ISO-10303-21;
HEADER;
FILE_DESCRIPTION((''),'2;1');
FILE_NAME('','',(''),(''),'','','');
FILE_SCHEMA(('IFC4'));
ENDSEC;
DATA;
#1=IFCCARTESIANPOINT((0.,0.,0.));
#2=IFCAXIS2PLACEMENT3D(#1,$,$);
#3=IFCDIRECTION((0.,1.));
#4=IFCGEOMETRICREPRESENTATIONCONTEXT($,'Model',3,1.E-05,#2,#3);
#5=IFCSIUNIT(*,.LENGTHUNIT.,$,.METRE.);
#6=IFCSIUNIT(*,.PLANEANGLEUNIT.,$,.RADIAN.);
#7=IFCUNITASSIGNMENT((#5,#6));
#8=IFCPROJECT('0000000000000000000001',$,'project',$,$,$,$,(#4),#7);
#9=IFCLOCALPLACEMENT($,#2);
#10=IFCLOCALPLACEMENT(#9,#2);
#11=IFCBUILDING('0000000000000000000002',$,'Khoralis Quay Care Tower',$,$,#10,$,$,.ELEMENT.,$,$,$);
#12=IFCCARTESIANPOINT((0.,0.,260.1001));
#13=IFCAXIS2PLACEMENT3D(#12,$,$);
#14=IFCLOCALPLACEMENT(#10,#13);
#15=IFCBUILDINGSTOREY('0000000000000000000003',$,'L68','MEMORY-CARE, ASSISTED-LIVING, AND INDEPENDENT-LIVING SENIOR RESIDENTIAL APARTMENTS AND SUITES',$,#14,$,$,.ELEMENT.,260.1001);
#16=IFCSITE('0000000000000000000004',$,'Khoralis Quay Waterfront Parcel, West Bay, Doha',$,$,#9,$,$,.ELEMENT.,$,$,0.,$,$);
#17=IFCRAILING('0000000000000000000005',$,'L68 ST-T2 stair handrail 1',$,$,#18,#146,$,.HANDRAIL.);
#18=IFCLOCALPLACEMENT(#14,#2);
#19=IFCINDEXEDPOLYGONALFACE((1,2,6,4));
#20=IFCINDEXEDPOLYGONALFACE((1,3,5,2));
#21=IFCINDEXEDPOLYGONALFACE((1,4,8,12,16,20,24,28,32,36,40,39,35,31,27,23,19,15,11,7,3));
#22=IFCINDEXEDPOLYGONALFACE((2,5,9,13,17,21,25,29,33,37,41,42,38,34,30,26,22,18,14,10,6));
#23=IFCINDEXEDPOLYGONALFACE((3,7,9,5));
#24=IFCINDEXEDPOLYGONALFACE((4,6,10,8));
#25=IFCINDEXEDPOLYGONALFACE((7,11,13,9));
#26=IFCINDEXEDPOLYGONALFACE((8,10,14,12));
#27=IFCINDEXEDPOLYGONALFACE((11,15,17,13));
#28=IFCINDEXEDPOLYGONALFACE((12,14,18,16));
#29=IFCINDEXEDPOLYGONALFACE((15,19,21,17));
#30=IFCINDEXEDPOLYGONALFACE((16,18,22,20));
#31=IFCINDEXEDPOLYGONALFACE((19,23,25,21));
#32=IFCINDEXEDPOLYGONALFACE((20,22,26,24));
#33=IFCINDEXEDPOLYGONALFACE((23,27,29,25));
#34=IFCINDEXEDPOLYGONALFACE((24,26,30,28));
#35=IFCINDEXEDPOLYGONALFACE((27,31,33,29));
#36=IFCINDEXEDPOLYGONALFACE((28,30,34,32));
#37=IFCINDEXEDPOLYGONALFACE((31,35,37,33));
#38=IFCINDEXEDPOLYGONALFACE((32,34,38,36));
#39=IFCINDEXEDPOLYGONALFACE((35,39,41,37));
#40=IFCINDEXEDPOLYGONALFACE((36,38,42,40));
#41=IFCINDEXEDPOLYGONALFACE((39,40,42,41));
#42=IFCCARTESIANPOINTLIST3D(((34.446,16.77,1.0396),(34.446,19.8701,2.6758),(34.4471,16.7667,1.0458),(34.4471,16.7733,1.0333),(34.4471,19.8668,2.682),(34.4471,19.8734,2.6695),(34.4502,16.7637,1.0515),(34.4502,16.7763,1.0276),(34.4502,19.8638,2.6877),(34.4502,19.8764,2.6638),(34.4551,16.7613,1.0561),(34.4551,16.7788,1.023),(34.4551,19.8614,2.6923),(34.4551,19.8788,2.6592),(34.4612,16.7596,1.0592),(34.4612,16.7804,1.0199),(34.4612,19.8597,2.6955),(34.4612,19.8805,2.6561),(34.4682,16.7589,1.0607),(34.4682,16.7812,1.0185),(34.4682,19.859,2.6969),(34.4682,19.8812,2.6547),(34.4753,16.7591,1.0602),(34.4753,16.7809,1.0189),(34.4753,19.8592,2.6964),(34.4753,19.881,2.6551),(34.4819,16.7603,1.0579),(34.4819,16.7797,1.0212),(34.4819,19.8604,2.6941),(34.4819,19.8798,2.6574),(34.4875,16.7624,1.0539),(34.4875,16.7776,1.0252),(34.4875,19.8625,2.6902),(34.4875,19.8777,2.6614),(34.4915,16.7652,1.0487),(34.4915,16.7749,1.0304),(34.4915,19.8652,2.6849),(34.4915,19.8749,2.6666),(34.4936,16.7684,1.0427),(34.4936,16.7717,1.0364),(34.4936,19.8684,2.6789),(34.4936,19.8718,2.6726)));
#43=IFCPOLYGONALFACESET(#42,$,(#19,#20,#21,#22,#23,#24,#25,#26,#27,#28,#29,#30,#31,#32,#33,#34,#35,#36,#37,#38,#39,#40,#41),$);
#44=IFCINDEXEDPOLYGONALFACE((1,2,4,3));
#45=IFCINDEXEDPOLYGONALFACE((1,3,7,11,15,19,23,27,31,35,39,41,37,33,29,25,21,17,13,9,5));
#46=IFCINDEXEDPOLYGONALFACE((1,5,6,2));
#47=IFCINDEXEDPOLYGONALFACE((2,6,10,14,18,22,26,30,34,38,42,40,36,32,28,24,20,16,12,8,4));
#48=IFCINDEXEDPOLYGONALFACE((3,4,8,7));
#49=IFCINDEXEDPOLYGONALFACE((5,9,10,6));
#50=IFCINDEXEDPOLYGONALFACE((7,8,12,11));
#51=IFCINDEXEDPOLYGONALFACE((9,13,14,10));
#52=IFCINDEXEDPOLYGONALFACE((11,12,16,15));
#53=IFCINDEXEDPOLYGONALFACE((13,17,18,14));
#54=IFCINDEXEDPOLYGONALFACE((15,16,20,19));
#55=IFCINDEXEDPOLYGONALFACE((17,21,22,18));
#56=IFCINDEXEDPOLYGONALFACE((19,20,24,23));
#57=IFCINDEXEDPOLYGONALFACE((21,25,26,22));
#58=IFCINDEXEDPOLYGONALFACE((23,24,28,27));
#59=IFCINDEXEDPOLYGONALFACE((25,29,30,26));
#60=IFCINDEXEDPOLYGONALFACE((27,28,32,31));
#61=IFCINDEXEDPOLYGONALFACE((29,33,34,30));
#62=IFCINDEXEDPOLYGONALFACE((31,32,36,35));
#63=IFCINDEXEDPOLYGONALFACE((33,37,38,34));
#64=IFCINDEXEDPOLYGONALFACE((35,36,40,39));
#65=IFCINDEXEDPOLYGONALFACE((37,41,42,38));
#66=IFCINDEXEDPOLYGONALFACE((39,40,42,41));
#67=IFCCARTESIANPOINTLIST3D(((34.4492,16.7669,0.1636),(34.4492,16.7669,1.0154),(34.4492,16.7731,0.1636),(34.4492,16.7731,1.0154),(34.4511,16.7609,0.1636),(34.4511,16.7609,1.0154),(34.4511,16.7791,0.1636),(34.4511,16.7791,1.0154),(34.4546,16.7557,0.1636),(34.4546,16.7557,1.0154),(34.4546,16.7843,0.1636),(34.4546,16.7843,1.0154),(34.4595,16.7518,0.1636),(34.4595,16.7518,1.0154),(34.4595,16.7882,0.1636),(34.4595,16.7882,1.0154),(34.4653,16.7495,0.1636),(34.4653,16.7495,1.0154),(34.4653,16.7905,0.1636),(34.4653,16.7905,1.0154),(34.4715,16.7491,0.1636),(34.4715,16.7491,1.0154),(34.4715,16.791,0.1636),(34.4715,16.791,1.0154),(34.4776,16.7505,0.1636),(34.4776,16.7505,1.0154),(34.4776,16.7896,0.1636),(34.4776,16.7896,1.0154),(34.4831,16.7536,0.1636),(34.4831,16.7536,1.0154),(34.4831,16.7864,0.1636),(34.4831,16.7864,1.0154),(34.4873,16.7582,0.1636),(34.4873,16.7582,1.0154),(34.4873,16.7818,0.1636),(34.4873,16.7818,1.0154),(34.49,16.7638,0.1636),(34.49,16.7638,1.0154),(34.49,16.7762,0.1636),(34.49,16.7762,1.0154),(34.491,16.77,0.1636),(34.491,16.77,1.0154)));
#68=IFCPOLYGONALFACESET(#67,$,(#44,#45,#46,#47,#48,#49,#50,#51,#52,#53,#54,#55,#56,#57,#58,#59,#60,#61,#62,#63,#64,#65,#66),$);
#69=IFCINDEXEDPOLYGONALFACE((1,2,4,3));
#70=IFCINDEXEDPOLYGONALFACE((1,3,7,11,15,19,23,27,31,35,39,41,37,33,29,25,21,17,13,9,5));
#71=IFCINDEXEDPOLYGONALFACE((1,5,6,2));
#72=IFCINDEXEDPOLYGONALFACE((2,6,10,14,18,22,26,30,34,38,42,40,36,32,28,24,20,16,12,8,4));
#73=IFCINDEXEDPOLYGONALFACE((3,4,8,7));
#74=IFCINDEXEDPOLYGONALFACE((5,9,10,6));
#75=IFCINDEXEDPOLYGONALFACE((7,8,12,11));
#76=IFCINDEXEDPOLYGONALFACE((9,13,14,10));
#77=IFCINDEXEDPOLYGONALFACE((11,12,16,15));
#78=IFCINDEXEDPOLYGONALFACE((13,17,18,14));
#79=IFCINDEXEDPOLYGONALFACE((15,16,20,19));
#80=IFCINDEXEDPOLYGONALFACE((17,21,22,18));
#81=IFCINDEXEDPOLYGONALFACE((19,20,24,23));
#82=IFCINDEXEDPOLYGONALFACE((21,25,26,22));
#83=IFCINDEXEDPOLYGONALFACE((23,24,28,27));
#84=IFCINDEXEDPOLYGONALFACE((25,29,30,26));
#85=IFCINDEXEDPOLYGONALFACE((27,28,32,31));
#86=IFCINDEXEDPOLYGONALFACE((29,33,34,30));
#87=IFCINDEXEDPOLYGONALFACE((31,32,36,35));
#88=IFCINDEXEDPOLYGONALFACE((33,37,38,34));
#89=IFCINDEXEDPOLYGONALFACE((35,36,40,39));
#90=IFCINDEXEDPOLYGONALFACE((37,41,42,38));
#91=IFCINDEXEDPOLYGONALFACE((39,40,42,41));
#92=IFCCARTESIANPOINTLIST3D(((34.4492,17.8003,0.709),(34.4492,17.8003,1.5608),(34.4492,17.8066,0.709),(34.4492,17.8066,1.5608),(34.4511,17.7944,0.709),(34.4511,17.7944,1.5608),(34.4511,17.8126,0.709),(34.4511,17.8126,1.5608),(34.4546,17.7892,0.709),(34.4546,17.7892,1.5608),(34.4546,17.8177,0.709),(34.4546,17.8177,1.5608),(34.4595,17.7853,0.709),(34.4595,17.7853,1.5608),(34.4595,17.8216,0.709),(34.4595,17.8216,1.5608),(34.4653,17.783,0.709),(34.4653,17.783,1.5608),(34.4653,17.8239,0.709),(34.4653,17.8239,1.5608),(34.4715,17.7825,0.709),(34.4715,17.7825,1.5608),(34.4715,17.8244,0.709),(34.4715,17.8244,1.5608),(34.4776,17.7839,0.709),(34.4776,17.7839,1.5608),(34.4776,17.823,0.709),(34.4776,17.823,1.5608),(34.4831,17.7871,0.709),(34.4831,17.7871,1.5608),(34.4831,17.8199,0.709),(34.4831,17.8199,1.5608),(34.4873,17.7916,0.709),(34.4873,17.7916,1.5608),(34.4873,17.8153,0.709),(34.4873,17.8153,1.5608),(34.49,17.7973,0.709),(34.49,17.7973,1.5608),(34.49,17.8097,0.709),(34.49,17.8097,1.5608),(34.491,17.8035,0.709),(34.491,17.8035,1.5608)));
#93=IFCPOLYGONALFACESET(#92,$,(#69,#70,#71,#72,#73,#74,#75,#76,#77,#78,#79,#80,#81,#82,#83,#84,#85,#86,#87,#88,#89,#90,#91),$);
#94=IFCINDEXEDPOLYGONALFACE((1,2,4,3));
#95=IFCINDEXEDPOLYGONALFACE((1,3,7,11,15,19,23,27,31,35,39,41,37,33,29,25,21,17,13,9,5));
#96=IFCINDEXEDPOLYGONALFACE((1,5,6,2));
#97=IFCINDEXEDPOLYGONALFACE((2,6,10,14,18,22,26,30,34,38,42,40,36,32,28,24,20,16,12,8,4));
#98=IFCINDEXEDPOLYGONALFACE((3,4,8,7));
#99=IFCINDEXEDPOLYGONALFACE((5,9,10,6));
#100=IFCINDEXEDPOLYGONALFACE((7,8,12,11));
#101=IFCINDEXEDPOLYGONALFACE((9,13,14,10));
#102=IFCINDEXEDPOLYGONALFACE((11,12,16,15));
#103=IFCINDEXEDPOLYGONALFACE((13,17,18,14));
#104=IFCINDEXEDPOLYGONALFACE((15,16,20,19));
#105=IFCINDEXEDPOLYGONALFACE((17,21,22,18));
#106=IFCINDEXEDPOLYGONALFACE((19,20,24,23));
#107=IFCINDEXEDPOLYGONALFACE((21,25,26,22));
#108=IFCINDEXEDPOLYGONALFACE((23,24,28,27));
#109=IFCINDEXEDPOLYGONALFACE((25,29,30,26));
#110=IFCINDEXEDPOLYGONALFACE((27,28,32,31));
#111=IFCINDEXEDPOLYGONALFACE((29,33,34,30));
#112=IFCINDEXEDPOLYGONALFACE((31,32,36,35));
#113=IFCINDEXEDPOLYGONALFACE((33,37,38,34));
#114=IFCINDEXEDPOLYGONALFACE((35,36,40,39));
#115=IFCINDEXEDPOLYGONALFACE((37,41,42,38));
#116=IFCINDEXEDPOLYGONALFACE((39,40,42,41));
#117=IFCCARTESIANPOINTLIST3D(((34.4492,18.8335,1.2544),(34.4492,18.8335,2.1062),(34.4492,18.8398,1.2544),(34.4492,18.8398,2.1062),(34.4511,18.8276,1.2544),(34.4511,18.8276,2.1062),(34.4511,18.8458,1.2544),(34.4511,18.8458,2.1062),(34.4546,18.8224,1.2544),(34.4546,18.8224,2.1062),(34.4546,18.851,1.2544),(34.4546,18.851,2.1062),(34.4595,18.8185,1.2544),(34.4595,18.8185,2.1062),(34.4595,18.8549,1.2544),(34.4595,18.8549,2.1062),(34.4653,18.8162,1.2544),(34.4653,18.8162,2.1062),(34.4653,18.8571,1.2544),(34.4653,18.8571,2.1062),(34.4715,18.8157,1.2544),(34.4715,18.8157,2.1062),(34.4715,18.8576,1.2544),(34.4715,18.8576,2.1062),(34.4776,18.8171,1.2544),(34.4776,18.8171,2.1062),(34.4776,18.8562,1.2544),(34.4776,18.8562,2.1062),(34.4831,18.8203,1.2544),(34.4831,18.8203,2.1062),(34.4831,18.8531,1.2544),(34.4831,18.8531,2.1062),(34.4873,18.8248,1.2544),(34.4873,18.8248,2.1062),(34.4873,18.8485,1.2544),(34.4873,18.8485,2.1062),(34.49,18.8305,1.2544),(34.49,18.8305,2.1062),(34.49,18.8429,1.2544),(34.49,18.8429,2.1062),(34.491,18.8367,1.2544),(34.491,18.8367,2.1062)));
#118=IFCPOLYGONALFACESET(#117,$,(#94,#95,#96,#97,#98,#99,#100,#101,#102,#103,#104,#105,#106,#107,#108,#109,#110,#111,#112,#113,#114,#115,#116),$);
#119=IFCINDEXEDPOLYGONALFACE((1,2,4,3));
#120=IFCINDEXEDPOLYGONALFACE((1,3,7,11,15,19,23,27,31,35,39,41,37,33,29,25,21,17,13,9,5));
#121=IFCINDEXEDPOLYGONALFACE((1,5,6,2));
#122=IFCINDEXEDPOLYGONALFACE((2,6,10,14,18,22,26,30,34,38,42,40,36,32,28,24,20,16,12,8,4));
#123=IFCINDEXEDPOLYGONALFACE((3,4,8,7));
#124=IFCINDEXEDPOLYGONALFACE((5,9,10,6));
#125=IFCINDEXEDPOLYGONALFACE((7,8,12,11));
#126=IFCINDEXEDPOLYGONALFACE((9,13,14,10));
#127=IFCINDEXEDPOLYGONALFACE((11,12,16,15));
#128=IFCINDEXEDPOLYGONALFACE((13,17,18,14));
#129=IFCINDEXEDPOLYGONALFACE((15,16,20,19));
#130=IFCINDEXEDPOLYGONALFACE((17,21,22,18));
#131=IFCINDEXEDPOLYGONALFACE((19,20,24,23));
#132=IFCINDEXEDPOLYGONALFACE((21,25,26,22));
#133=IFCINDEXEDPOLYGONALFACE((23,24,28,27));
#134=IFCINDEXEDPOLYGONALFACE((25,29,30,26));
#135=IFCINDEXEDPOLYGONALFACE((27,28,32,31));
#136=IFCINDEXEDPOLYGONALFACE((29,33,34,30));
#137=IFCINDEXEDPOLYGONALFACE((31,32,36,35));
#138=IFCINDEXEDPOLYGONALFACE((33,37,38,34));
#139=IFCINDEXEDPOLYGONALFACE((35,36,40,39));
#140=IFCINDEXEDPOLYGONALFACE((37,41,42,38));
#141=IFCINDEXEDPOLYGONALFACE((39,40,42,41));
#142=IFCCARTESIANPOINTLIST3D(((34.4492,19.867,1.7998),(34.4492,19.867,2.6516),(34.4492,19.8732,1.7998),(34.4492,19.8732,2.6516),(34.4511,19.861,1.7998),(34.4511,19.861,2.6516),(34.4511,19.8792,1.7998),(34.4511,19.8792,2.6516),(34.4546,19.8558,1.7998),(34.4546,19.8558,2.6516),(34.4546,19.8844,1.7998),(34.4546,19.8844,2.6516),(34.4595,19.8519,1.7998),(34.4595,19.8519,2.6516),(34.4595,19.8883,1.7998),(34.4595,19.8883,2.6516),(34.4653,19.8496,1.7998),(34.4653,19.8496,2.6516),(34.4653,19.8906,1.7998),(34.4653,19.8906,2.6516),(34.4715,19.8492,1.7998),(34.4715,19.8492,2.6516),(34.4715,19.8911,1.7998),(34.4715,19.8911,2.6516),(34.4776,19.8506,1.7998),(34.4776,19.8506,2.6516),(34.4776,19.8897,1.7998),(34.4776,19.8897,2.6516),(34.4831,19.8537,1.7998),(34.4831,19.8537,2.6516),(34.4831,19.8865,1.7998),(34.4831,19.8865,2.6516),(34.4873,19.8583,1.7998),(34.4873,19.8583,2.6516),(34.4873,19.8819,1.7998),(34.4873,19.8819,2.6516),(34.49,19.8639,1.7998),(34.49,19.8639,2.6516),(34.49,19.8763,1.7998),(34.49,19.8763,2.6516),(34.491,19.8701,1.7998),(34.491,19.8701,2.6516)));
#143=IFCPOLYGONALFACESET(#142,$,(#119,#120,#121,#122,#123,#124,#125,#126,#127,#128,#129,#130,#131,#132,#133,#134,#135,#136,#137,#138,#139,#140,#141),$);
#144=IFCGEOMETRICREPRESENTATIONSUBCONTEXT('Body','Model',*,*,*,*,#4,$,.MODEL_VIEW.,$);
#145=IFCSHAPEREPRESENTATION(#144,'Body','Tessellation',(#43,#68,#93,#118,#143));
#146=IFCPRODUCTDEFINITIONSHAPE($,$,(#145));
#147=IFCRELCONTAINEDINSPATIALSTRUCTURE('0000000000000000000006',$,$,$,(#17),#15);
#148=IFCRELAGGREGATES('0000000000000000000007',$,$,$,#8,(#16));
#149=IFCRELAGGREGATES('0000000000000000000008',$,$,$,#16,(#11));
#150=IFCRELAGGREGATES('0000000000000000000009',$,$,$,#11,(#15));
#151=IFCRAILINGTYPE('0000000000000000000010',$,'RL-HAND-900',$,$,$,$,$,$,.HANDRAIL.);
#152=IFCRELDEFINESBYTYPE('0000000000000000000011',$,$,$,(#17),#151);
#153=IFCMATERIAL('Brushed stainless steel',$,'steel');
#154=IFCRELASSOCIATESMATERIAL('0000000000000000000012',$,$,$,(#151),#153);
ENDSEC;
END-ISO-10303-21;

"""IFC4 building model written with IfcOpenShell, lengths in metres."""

from ifc_helpers import new_model, si_unit, direction, frame, origin, origin_2d, place, context, subcontext, project, spatial, circle, extrude, material, type_object, element, save


model = new_model("IFC4")

# Units and contexts
model_context = context("Model", 3, precision=1e-05, world=origin(), true_north=direction((0.0, 1.0)))
body_context = subcontext(model_context, "Body", "Model", "MODEL_VIEW")
ifc_project = project(units=[si_unit("LENGTHUNIT", "METRE"), si_unit("PLANEANGLEUNIT", "RADIAN")], contexts=[model_context])

# Site, building, storey
site_placement = place(None, origin())
site = spatial("IfcSite", under=ifc_project, at=site_placement, Name="Khoralis Quay Waterfront Parcel, West Bay, Doha", CompositionType="ELEMENT", RefElevation=0.0)
building_placement = place(site_placement, origin())
building = spatial("IfcBuilding", under=site, at=building_placement, Name="Khoralis Quay Care Tower", CompositionType="ELEMENT")
storey_placement = place(building_placement, frame((0.0, 0.0, 260.1001)))
storey = spatial("IfcBuildingStorey", under=building, at=storey_placement, Name="L68", Description="MEMORY-CARE, ASSISTED-LIVING, AND INDEPENDENT-LIVING SENIOR RESIDENTIAL APARTMENTS AND SUITES", CompositionType="ELEMENT", Elevation=260.1001)

# Railing
ifc_material_1 = material(Name="Brushed stainless steel", Category="steel")
railing_type_1 = type_object("IfcRailingType", Name="RL-HAND-900", PredefinedType="HANDRAIL", material=ifc_material_1)
railing_1_placement = place(storey_placement, frame((34.47, 16.77, 0.1636)))
element("IfcRailing", 1, at=railing_1_placement, inside=storey, type_object=railing_type_1, Name="L68 ST-T2 stair handrail 1", PredefinedType="HANDRAIL", context=body_context, shape_type="SweptSolid", body=[
    extrude(circle(Radius=0.0239, at=origin_2d()), frame((0.0, 0.0, 0.876), z_axis=(0.0, 0.884377, 0.466774), x_axis=(-1.0, 0.0, 0.0)), (0.0, 0.0, 1.0), 3.5054),
    extrude(circle(Radius=0.021, at=origin_2d()), origin(), (0.0, 0.0, 1.0), 0.8518),
    extrude(circle(Radius=0.021, at=origin_2d()), frame((0.0, 1.0334, 0.5454)), (0.0, 0.0, 1.0), 0.8518),
    extrude(circle(Radius=0.021, at=origin_2d()), frame((0.0, 2.0667, 1.0908)), (0.0, 0.0, 1.0), 0.8518),
    extrude(circle(Radius=0.021, at=origin_2d()), frame((0.0, 3.1001, 1.6362)), (0.0, 0.0, 1.0), 0.8518),
])

save(model, "model.ifc")
